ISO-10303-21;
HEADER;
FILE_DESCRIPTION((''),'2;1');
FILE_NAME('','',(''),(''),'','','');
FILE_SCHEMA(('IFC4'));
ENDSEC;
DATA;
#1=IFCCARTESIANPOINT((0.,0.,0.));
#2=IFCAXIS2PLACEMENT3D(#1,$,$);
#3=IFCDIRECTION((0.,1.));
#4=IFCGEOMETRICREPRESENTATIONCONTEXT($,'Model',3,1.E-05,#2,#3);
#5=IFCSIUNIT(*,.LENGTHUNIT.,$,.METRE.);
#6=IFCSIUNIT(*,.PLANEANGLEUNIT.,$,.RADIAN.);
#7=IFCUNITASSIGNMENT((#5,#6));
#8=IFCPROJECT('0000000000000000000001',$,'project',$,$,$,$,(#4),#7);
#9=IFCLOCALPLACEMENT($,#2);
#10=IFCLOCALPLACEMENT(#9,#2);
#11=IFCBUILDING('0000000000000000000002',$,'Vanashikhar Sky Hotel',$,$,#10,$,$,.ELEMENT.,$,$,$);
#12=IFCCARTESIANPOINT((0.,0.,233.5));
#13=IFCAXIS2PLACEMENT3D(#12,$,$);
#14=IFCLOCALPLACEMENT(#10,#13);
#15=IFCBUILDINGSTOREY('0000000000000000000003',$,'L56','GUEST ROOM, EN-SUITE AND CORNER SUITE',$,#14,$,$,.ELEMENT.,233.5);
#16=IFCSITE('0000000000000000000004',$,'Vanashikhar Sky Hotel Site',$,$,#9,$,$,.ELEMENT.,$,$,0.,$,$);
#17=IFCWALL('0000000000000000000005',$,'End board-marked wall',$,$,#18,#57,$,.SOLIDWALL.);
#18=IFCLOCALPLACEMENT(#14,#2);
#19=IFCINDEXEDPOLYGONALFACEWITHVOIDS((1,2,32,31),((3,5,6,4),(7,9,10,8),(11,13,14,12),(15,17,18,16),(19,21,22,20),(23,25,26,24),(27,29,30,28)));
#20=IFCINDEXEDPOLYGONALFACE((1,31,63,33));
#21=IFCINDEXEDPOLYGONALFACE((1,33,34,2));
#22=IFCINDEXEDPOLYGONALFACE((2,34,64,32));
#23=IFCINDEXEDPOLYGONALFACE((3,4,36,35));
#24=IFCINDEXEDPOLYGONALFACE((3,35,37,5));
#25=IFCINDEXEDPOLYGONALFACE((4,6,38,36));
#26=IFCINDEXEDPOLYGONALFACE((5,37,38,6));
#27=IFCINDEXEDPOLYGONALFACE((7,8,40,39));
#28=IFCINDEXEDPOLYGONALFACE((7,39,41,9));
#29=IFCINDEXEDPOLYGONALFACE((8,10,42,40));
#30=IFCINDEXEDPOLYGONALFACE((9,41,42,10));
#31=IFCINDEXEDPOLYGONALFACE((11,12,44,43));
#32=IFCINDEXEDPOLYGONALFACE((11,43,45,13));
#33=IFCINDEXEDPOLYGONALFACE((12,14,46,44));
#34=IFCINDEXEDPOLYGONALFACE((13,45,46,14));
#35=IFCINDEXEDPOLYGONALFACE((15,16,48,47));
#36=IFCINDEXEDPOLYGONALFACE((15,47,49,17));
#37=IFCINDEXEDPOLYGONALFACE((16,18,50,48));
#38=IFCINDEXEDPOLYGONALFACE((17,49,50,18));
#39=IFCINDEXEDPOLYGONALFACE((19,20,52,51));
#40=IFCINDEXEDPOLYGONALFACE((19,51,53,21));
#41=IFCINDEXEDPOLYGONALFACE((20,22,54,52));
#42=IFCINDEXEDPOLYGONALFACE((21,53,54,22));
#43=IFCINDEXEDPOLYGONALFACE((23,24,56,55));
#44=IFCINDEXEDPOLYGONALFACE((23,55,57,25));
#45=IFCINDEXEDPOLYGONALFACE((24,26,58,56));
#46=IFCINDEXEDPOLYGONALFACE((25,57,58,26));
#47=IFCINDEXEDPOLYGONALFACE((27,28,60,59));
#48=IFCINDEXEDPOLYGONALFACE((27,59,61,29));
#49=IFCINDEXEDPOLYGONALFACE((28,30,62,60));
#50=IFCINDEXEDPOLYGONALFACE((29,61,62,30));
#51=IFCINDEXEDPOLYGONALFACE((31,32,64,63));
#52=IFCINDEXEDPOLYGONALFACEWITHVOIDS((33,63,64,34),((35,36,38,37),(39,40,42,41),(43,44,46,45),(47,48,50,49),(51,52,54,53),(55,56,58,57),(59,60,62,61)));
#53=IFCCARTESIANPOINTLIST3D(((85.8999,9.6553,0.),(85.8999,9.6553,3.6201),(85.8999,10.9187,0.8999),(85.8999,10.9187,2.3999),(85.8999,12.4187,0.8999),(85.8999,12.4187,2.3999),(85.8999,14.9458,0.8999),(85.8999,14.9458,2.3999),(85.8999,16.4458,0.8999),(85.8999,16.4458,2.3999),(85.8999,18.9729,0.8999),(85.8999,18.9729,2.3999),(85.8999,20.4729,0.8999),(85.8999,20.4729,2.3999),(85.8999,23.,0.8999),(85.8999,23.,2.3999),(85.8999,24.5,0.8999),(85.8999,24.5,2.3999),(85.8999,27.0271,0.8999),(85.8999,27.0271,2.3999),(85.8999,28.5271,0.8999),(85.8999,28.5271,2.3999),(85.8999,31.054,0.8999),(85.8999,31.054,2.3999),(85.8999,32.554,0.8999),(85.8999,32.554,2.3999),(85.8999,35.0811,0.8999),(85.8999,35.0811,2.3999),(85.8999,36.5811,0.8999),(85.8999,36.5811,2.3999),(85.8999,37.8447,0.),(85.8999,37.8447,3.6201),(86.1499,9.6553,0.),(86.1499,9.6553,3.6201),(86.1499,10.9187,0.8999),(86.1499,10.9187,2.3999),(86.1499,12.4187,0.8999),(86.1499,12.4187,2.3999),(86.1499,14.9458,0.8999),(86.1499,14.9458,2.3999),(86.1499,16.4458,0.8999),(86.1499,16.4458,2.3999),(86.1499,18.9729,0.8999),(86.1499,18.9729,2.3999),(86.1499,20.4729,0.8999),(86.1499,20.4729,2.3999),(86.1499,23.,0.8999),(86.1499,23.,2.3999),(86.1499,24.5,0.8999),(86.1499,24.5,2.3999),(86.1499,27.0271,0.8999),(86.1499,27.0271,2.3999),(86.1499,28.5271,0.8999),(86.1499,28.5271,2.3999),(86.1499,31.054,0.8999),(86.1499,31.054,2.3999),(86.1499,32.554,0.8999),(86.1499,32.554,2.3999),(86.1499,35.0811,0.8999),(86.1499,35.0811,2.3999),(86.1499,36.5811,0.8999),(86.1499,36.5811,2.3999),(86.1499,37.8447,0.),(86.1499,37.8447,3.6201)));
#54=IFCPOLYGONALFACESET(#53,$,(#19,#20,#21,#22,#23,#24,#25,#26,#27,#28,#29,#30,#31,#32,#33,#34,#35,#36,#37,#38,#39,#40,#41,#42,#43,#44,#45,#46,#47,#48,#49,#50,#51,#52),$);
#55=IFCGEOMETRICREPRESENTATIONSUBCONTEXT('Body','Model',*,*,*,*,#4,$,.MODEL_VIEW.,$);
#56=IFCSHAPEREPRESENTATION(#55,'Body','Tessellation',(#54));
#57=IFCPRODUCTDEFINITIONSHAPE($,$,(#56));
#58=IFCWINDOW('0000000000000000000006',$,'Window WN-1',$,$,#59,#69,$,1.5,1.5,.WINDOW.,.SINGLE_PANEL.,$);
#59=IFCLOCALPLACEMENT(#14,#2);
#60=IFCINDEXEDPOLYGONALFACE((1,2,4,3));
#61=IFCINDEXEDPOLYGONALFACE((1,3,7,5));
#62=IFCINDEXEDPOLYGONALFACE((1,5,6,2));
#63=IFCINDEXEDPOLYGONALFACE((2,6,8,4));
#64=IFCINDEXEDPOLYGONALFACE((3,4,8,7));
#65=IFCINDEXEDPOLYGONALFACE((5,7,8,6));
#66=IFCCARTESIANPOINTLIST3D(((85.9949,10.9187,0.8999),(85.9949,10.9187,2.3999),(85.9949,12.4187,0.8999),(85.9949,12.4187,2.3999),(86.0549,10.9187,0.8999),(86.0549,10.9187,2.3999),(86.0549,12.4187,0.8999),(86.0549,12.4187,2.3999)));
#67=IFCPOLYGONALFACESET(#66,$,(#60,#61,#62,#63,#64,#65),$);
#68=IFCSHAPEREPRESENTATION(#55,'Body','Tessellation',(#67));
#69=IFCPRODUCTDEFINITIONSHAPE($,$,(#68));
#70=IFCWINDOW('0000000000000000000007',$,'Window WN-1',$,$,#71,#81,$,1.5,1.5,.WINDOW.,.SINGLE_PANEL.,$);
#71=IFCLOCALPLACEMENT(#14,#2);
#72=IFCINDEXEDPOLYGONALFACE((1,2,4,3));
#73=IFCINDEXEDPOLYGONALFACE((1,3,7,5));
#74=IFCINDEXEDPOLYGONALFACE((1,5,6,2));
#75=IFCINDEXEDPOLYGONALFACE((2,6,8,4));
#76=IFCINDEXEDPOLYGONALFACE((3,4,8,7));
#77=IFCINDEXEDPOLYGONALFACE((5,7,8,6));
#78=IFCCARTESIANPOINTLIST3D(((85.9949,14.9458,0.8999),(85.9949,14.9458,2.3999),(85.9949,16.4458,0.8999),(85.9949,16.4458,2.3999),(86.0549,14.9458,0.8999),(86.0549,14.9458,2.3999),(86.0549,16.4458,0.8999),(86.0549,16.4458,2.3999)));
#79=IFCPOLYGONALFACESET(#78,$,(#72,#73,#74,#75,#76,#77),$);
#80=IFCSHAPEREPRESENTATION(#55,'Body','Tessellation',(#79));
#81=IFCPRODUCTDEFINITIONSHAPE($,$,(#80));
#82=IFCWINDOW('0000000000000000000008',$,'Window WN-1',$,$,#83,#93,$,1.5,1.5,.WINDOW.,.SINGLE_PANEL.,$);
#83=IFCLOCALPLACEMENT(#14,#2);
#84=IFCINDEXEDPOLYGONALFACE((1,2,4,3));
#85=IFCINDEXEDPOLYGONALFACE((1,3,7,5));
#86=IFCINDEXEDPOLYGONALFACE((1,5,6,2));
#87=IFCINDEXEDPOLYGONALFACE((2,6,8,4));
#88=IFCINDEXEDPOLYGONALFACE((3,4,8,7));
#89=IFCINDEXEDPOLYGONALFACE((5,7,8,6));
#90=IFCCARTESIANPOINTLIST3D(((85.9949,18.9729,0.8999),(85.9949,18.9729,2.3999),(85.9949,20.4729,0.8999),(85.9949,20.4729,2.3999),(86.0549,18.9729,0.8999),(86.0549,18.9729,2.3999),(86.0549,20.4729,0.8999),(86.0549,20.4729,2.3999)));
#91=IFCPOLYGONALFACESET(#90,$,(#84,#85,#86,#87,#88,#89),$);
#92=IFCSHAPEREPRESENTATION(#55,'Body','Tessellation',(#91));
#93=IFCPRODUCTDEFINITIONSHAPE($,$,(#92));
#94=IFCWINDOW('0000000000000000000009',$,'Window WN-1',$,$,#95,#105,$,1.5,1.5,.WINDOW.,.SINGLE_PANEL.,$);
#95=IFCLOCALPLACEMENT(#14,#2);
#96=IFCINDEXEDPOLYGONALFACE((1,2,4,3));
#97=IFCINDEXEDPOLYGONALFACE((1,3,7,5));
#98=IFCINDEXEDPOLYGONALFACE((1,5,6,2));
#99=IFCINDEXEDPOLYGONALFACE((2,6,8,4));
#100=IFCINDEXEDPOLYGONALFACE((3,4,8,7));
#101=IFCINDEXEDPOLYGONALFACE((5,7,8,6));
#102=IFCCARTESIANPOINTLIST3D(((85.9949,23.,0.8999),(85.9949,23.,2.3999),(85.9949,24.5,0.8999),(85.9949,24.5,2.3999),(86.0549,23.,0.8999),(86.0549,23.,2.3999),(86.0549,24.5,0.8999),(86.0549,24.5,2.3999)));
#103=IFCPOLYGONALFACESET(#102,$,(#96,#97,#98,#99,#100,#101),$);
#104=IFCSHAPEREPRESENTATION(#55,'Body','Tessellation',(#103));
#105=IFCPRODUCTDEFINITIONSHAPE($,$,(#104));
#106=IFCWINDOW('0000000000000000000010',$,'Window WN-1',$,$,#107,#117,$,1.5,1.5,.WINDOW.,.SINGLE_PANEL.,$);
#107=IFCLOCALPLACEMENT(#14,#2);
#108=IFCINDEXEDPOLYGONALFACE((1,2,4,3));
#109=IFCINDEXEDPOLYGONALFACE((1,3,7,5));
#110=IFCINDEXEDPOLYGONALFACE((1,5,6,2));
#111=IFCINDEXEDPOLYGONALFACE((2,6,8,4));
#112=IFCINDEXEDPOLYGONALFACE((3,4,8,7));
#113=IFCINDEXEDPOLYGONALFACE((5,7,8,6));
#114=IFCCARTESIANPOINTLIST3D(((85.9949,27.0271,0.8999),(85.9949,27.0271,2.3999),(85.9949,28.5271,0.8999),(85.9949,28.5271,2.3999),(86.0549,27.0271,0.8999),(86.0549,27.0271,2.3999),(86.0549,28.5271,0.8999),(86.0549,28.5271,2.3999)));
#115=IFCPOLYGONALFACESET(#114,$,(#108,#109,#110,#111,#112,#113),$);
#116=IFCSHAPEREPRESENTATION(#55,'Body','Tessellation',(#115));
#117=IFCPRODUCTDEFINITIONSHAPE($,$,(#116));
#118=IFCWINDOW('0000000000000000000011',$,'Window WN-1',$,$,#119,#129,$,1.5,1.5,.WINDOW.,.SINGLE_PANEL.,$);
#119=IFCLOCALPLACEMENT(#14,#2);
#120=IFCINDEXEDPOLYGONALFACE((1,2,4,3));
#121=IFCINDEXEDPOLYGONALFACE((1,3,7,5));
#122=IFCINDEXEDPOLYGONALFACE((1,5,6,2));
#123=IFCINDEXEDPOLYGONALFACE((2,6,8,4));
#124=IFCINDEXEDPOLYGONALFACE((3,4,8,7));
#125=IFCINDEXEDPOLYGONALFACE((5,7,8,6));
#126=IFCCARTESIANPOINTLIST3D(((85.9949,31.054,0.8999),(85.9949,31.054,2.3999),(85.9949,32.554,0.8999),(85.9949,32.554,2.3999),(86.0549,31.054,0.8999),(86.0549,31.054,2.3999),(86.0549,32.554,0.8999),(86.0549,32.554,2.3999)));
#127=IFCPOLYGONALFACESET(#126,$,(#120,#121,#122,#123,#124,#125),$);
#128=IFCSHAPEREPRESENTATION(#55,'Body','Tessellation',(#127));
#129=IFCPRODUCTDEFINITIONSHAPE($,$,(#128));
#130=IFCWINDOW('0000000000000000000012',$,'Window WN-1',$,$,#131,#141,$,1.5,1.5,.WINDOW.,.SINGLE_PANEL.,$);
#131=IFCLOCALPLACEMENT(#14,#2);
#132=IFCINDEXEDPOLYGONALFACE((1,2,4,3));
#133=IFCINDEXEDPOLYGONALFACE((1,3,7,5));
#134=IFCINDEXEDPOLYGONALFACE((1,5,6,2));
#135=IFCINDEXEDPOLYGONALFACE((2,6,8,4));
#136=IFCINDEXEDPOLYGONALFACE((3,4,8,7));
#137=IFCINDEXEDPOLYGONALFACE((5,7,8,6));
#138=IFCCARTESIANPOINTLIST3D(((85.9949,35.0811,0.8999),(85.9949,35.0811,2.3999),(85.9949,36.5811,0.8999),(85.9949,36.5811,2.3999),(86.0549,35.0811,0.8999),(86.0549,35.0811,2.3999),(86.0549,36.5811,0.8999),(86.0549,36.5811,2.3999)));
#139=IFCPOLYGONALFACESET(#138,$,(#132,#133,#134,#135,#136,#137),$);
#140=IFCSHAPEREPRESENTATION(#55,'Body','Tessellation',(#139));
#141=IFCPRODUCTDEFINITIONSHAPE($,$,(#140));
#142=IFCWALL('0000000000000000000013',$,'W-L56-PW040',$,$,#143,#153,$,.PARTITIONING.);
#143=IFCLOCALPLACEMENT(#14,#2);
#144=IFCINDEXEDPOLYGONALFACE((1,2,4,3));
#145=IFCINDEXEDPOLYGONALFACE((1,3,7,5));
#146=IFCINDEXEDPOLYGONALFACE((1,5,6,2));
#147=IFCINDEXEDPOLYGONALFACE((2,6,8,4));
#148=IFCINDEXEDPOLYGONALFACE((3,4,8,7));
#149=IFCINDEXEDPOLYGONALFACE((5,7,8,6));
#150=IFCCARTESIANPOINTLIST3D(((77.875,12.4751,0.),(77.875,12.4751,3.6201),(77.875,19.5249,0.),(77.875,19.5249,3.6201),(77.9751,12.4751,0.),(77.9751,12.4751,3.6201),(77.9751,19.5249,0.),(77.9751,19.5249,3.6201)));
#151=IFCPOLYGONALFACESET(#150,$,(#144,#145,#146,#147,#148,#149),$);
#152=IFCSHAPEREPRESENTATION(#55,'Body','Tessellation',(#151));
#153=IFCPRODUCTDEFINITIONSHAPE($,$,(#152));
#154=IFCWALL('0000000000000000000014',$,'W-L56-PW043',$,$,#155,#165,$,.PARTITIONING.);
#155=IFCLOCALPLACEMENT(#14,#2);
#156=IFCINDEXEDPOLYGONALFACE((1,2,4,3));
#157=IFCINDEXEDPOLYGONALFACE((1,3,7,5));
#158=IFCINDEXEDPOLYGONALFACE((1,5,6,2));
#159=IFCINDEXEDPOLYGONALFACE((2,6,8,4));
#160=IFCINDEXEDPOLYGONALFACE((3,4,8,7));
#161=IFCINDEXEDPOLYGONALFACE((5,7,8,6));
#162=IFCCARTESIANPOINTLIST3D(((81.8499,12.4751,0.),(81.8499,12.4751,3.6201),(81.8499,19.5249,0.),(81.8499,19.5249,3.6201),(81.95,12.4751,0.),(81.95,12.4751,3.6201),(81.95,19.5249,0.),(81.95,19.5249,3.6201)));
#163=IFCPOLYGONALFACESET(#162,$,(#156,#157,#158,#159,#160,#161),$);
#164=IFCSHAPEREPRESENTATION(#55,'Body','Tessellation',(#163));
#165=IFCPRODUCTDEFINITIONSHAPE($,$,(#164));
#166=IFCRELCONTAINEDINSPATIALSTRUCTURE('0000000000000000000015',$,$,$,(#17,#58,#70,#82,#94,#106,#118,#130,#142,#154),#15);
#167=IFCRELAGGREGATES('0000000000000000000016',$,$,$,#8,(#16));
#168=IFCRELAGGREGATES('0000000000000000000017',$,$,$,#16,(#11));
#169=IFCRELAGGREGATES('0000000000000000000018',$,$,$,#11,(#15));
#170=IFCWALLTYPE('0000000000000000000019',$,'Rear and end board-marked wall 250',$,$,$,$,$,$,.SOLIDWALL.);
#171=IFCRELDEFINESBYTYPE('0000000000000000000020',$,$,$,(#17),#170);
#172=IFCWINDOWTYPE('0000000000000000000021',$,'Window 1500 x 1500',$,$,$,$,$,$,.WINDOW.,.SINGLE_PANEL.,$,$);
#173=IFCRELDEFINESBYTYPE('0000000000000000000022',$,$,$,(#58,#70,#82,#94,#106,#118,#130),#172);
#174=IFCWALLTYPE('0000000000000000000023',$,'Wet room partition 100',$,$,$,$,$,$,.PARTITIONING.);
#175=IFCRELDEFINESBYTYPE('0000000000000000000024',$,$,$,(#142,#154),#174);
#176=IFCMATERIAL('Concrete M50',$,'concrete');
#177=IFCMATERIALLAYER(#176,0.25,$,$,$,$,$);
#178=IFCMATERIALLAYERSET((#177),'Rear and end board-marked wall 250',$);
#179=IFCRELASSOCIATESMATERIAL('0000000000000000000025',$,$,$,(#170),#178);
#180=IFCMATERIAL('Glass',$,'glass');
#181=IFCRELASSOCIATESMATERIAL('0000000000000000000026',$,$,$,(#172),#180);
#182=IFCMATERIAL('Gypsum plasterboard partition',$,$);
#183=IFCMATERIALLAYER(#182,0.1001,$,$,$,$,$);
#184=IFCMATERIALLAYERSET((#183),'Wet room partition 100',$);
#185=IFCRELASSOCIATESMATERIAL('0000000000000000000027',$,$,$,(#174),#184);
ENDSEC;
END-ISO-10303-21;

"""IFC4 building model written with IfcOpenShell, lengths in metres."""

from ifc_helpers import new_model, si_unit, direction, frame, frame_2d, origin, place, context, subcontext, project, spatial, rectangle, extrude, source, transform, mapped, material, layer, layer_set, type_object, element, fill, save


model = new_model("IFC4")

# Units and contexts
model_context = context("Model", 3, precision=1e-05, world=origin(), true_north=direction((0.0, 1.0)))
body_context = subcontext(model_context, "Body", "Model", "MODEL_VIEW")
ifc_project = project(units=[si_unit("LENGTHUNIT", "METRE"), si_unit("PLANEANGLEUNIT", "RADIAN")], contexts=[model_context])

# Site, building, storey
site_placement = place(None, origin())
site = spatial("IfcSite", under=ifc_project, at=site_placement, Name="Vanashikhar Sky Hotel Site", CompositionType="ELEMENT", RefElevation=0.0)
building_placement = place(site_placement, origin())
building = spatial("IfcBuilding", under=site, at=building_placement, Name="Vanashikhar Sky Hotel", CompositionType="ELEMENT")
storey_placement = place(building_placement, frame((0.0, 0.0, 233.5)))
storey = spatial("IfcBuildingStorey", under=building, at=storey_placement, Name="L56", Description="GUEST ROOM, EN-SUITE AND CORNER SUITE", CompositionType="ELEMENT", Elevation=233.5)

# Shared definitions
ifc_material_1 = material(Name="Concrete M50", Category="concrete")
ifc_material_2 = material(Name="Glass", Category="glass")

# Wall, openings, windows
ifc_layer_1 = layer(ifc_material_1, 0.25)
ifc_layer_set_1 = layer_set([ifc_layer_1], Name="Rear and end board-marked wall 250")
wall_type_1 = type_object("IfcWallType", Name="Rear and end board-marked wall 250", PredefinedType="SOLIDWALL", material=ifc_layer_set_1)
shared_shape_1 = source(origin(), body_context, "Body", "SweptSolid", [
    extrude(rectangle(XDim=28.1895, YDim=0.25, at=frame_2d((14.0947, 0.0))), origin(), (0.0, 0.0, 1.0), 3.6201),
])
wall_1_placement = place(storey_placement, frame((86.0249, 9.6553, 0.0), z_axis=(0.0, 0.0, 1.0), x_axis=(0.0, 1.0, 0.0)))
wall_1 = element("IfcWall", 1, at=wall_1_placement, inside=storey, type_object=wall_type_1, Name="End board-marked wall", PredefinedType="SOLIDWALL", context=body_context, shape_type="MappedRepresentation", body=[
    mapped(shared_shape_1, transform((0.0, 0.0, 0.0), scale=1.0)),
])
shared_shape_2 = source(origin(), body_context, "Body", "SweptSolid", [
    extrude(rectangle(XDim=1.5, YDim=1.5, at=frame_2d((0.75, 0.75))), frame((0.0, 0.135, 0.0), z_axis=(0.0, -1.0, 0.0), x_axis=(1.0, 0.0, 0.0)), (0.0, 0.0, 1.0), 0.27),
])
opening_1_placement = place(wall_1_placement, frame((1.2634, 0.0, 0.8999)))
opening_1 = element("IfcOpeningElement", 2, at=opening_1_placement, cuts=wall_1, PredefinedType="OPENING", context=body_context, shape_type="MappedRepresentation", body=[
    mapped(shared_shape_2, transform((0.0, 0.0, 0.0), scale=1.0)),
])
opening_2_placement = place(wall_1_placement, frame((5.2905, 0.0, 0.8999)))
opening_2 = element("IfcOpeningElement", 3, at=opening_2_placement, cuts=wall_1, PredefinedType="OPENING", context=body_context, shape_type="MappedRepresentation", body=[
    mapped(shared_shape_2, transform((0.0, 0.0, 0.0), scale=1.0)),
])
opening_3_placement = place(wall_1_placement, frame((9.3176, 0.0, 0.8999)))
opening_3 = element("IfcOpeningElement", 4, at=opening_3_placement, cuts=wall_1, PredefinedType="OPENING", context=body_context, shape_type="MappedRepresentation", body=[
    mapped(shared_shape_2, transform((0.0, 0.0, 0.0), scale=1.0)),
])
opening_4_placement = place(wall_1_placement, frame((13.3447, 0.0, 0.8999)))
opening_4 = element("IfcOpeningElement", 5, at=opening_4_placement, cuts=wall_1, PredefinedType="OPENING", context=body_context, shape_type="MappedRepresentation", body=[
    mapped(shared_shape_2, transform((0.0, 0.0, 0.0), scale=1.0)),
])
opening_5_placement = place(wall_1_placement, frame((17.3718, 0.0, 0.8999)))
opening_5 = element("IfcOpeningElement", 6, at=opening_5_placement, cuts=wall_1, PredefinedType="OPENING", context=body_context, shape_type="MappedRepresentation", body=[
    mapped(shared_shape_2, transform((0.0, 0.0, 0.0), scale=1.0)),
])
opening_6_placement = place(wall_1_placement, frame((21.3987, 0.0, 0.8999)))
opening_6 = element("IfcOpeningElement", 7, at=opening_6_placement, cuts=wall_1, PredefinedType="OPENING", context=body_context, shape_type="MappedRepresentation", body=[
    mapped(shared_shape_2, transform((0.0, 0.0, 0.0), scale=1.0)),
])
opening_7_placement = place(wall_1_placement, frame((25.4258, 0.0, 0.8999)))
opening_7 = element("IfcOpeningElement", 8, at=opening_7_placement, cuts=wall_1, PredefinedType="OPENING", context=body_context, shape_type="MappedRepresentation", body=[
    mapped(shared_shape_2, transform((0.0, 0.0, 0.0), scale=1.0)),
])
window_type_1 = type_object("IfcWindowType", Name="Window 1500 x 1500", PartitioningType="SINGLE_PANEL", PredefinedType="WINDOW", material=ifc_material_2)
shared_shape_3 = source(origin(), body_context, "Body", "SweptSolid", [
    extrude(rectangle(XDim=1.5, YDim=1.5, at=frame_2d((0.75, 0.75))), frame((0.0, 0.03, 0.0), z_axis=(0.0, -1.0, 0.0), x_axis=(1.0, 0.0, 0.0)), (0.0, 0.0, 1.0), 0.0601),
])
window_1_placement = place(opening_1_placement, origin())
window_1 = element("IfcWindow", 9, at=window_1_placement, inside=storey, type_object=window_type_1, Name="Window WN-1", OverallHeight=1.5, OverallWidth=1.5, PartitioningType="SINGLE_PANEL", PredefinedType="WINDOW", context=body_context, shape_type="MappedRepresentation", body=[
    mapped(shared_shape_3, transform((0.0, 0.0, 0.0), scale=1.0)),
])
fill(opening_1, window_1)
window_2_placement = place(opening_2_placement, origin())
window_2 = element("IfcWindow", 10, at=window_2_placement, inside=storey, type_object=window_type_1, Name="Window WN-1", OverallHeight=1.5, OverallWidth=1.5, PartitioningType="SINGLE_PANEL", PredefinedType="WINDOW", context=body_context, shape_type="MappedRepresentation", body=[
    mapped(shared_shape_3, transform((0.0, 0.0, 0.0), scale=1.0)),
])
fill(opening_2, window_2)
window_3_placement = place(opening_3_placement, origin())
window_3 = element("IfcWindow", 11, at=window_3_placement, inside=storey, type_object=window_type_1, Name="Window WN-1", OverallHeight=1.5, OverallWidth=1.5, PartitioningType="SINGLE_PANEL", PredefinedType="WINDOW", context=body_context, shape_type="MappedRepresentation", body=[
    mapped(shared_shape_3, transform((0.0, 0.0, 0.0), scale=1.0)),
])
fill(opening_3, window_3)
window_4_placement = place(opening_4_placement, origin())
window_4 = element("IfcWindow", 12, at=window_4_placement, inside=storey, type_object=window_type_1, Name="Window WN-1", OverallHeight=1.5, OverallWidth=1.5, PartitioningType="SINGLE_PANEL", PredefinedType="WINDOW", context=body_context, shape_type="MappedRepresentation", body=[
    mapped(shared_shape_3, transform((0.0, 0.0, 0.0), scale=1.0)),
])
fill(opening_4, window_4)
window_5_placement = place(opening_5_placement, origin())
window_5 = element("IfcWindow", 13, at=window_5_placement, inside=storey, type_object=window_type_1, Name="Window WN-1", OverallHeight=1.5, OverallWidth=1.5, PartitioningType="SINGLE_PANEL", PredefinedType="WINDOW", context=body_context, shape_type="MappedRepresentation", body=[
    mapped(shared_shape_3, transform((0.0, 0.0, 0.0), scale=1.0)),
])
fill(opening_5, window_5)
window_6_placement = place(opening_6_placement, origin())
window_6 = element("IfcWindow", 14, at=window_6_placement, inside=storey, type_object=window_type_1, Name="Window WN-1", OverallHeight=1.5, OverallWidth=1.5, PartitioningType="SINGLE_PANEL", PredefinedType="WINDOW", context=body_context, shape_type="MappedRepresentation", body=[
    mapped(shared_shape_3, transform((0.0, 0.0, 0.0), scale=1.0)),
])
fill(opening_6, window_6)
window_7_placement = place(opening_7_placement, origin())
window_7 = element("IfcWindow", 15, at=window_7_placement, inside=storey, type_object=window_type_1, Name="Window WN-1", OverallHeight=1.5, OverallWidth=1.5, PartitioningType="SINGLE_PANEL", PredefinedType="WINDOW", context=body_context, shape_type="MappedRepresentation", body=[
    mapped(shared_shape_3, transform((0.0, 0.0, 0.0), scale=1.0)),
])
fill(opening_7, window_7)

# Walls
ifc_material_3 = material(Name="Gypsum plasterboard partition")
ifc_layer_2 = layer(ifc_material_3, 0.1001)
ifc_layer_set_2 = layer_set([ifc_layer_2], Name="Wet room partition 100")
wall_type_2 = type_object("IfcWallType", Name="Wet room partition 100", PredefinedType="PARTITIONING", material=ifc_layer_set_2)
shared_shape_4 = source(origin(), body_context, "Body", "SweptSolid", [
    extrude(rectangle(XDim=7.0498, YDim=0.1001, at=frame_2d((3.5249, 0.0))), origin(), (0.0, 0.0, 1.0), 3.6201),
])
for number, where, z_axis, x_axis, name in (
    (16, (77.925, 12.4751, 0.0), (0.0, 0.0, 1.0), (0.0, 1.0, 0.0), "W-L56-PW040"),
    (17, (81.8999, 12.4751, 0.0), (0.0, 0.0, 1.0), (0.0, 1.0, 0.0), "W-L56-PW043"),
):
    element("IfcWall", number, at=place(storey_placement, frame(where, z_axis=z_axis, x_axis=x_axis)), inside=storey, type_object=wall_type_2, Name=name, PredefinedType="PARTITIONING", context=body_context, shape_type="MappedRepresentation", body=[
        mapped(shared_shape_4, transform((0.0, 0.0, 0.0), scale=1.0)),
    ])

save(model, "model.ifc")
